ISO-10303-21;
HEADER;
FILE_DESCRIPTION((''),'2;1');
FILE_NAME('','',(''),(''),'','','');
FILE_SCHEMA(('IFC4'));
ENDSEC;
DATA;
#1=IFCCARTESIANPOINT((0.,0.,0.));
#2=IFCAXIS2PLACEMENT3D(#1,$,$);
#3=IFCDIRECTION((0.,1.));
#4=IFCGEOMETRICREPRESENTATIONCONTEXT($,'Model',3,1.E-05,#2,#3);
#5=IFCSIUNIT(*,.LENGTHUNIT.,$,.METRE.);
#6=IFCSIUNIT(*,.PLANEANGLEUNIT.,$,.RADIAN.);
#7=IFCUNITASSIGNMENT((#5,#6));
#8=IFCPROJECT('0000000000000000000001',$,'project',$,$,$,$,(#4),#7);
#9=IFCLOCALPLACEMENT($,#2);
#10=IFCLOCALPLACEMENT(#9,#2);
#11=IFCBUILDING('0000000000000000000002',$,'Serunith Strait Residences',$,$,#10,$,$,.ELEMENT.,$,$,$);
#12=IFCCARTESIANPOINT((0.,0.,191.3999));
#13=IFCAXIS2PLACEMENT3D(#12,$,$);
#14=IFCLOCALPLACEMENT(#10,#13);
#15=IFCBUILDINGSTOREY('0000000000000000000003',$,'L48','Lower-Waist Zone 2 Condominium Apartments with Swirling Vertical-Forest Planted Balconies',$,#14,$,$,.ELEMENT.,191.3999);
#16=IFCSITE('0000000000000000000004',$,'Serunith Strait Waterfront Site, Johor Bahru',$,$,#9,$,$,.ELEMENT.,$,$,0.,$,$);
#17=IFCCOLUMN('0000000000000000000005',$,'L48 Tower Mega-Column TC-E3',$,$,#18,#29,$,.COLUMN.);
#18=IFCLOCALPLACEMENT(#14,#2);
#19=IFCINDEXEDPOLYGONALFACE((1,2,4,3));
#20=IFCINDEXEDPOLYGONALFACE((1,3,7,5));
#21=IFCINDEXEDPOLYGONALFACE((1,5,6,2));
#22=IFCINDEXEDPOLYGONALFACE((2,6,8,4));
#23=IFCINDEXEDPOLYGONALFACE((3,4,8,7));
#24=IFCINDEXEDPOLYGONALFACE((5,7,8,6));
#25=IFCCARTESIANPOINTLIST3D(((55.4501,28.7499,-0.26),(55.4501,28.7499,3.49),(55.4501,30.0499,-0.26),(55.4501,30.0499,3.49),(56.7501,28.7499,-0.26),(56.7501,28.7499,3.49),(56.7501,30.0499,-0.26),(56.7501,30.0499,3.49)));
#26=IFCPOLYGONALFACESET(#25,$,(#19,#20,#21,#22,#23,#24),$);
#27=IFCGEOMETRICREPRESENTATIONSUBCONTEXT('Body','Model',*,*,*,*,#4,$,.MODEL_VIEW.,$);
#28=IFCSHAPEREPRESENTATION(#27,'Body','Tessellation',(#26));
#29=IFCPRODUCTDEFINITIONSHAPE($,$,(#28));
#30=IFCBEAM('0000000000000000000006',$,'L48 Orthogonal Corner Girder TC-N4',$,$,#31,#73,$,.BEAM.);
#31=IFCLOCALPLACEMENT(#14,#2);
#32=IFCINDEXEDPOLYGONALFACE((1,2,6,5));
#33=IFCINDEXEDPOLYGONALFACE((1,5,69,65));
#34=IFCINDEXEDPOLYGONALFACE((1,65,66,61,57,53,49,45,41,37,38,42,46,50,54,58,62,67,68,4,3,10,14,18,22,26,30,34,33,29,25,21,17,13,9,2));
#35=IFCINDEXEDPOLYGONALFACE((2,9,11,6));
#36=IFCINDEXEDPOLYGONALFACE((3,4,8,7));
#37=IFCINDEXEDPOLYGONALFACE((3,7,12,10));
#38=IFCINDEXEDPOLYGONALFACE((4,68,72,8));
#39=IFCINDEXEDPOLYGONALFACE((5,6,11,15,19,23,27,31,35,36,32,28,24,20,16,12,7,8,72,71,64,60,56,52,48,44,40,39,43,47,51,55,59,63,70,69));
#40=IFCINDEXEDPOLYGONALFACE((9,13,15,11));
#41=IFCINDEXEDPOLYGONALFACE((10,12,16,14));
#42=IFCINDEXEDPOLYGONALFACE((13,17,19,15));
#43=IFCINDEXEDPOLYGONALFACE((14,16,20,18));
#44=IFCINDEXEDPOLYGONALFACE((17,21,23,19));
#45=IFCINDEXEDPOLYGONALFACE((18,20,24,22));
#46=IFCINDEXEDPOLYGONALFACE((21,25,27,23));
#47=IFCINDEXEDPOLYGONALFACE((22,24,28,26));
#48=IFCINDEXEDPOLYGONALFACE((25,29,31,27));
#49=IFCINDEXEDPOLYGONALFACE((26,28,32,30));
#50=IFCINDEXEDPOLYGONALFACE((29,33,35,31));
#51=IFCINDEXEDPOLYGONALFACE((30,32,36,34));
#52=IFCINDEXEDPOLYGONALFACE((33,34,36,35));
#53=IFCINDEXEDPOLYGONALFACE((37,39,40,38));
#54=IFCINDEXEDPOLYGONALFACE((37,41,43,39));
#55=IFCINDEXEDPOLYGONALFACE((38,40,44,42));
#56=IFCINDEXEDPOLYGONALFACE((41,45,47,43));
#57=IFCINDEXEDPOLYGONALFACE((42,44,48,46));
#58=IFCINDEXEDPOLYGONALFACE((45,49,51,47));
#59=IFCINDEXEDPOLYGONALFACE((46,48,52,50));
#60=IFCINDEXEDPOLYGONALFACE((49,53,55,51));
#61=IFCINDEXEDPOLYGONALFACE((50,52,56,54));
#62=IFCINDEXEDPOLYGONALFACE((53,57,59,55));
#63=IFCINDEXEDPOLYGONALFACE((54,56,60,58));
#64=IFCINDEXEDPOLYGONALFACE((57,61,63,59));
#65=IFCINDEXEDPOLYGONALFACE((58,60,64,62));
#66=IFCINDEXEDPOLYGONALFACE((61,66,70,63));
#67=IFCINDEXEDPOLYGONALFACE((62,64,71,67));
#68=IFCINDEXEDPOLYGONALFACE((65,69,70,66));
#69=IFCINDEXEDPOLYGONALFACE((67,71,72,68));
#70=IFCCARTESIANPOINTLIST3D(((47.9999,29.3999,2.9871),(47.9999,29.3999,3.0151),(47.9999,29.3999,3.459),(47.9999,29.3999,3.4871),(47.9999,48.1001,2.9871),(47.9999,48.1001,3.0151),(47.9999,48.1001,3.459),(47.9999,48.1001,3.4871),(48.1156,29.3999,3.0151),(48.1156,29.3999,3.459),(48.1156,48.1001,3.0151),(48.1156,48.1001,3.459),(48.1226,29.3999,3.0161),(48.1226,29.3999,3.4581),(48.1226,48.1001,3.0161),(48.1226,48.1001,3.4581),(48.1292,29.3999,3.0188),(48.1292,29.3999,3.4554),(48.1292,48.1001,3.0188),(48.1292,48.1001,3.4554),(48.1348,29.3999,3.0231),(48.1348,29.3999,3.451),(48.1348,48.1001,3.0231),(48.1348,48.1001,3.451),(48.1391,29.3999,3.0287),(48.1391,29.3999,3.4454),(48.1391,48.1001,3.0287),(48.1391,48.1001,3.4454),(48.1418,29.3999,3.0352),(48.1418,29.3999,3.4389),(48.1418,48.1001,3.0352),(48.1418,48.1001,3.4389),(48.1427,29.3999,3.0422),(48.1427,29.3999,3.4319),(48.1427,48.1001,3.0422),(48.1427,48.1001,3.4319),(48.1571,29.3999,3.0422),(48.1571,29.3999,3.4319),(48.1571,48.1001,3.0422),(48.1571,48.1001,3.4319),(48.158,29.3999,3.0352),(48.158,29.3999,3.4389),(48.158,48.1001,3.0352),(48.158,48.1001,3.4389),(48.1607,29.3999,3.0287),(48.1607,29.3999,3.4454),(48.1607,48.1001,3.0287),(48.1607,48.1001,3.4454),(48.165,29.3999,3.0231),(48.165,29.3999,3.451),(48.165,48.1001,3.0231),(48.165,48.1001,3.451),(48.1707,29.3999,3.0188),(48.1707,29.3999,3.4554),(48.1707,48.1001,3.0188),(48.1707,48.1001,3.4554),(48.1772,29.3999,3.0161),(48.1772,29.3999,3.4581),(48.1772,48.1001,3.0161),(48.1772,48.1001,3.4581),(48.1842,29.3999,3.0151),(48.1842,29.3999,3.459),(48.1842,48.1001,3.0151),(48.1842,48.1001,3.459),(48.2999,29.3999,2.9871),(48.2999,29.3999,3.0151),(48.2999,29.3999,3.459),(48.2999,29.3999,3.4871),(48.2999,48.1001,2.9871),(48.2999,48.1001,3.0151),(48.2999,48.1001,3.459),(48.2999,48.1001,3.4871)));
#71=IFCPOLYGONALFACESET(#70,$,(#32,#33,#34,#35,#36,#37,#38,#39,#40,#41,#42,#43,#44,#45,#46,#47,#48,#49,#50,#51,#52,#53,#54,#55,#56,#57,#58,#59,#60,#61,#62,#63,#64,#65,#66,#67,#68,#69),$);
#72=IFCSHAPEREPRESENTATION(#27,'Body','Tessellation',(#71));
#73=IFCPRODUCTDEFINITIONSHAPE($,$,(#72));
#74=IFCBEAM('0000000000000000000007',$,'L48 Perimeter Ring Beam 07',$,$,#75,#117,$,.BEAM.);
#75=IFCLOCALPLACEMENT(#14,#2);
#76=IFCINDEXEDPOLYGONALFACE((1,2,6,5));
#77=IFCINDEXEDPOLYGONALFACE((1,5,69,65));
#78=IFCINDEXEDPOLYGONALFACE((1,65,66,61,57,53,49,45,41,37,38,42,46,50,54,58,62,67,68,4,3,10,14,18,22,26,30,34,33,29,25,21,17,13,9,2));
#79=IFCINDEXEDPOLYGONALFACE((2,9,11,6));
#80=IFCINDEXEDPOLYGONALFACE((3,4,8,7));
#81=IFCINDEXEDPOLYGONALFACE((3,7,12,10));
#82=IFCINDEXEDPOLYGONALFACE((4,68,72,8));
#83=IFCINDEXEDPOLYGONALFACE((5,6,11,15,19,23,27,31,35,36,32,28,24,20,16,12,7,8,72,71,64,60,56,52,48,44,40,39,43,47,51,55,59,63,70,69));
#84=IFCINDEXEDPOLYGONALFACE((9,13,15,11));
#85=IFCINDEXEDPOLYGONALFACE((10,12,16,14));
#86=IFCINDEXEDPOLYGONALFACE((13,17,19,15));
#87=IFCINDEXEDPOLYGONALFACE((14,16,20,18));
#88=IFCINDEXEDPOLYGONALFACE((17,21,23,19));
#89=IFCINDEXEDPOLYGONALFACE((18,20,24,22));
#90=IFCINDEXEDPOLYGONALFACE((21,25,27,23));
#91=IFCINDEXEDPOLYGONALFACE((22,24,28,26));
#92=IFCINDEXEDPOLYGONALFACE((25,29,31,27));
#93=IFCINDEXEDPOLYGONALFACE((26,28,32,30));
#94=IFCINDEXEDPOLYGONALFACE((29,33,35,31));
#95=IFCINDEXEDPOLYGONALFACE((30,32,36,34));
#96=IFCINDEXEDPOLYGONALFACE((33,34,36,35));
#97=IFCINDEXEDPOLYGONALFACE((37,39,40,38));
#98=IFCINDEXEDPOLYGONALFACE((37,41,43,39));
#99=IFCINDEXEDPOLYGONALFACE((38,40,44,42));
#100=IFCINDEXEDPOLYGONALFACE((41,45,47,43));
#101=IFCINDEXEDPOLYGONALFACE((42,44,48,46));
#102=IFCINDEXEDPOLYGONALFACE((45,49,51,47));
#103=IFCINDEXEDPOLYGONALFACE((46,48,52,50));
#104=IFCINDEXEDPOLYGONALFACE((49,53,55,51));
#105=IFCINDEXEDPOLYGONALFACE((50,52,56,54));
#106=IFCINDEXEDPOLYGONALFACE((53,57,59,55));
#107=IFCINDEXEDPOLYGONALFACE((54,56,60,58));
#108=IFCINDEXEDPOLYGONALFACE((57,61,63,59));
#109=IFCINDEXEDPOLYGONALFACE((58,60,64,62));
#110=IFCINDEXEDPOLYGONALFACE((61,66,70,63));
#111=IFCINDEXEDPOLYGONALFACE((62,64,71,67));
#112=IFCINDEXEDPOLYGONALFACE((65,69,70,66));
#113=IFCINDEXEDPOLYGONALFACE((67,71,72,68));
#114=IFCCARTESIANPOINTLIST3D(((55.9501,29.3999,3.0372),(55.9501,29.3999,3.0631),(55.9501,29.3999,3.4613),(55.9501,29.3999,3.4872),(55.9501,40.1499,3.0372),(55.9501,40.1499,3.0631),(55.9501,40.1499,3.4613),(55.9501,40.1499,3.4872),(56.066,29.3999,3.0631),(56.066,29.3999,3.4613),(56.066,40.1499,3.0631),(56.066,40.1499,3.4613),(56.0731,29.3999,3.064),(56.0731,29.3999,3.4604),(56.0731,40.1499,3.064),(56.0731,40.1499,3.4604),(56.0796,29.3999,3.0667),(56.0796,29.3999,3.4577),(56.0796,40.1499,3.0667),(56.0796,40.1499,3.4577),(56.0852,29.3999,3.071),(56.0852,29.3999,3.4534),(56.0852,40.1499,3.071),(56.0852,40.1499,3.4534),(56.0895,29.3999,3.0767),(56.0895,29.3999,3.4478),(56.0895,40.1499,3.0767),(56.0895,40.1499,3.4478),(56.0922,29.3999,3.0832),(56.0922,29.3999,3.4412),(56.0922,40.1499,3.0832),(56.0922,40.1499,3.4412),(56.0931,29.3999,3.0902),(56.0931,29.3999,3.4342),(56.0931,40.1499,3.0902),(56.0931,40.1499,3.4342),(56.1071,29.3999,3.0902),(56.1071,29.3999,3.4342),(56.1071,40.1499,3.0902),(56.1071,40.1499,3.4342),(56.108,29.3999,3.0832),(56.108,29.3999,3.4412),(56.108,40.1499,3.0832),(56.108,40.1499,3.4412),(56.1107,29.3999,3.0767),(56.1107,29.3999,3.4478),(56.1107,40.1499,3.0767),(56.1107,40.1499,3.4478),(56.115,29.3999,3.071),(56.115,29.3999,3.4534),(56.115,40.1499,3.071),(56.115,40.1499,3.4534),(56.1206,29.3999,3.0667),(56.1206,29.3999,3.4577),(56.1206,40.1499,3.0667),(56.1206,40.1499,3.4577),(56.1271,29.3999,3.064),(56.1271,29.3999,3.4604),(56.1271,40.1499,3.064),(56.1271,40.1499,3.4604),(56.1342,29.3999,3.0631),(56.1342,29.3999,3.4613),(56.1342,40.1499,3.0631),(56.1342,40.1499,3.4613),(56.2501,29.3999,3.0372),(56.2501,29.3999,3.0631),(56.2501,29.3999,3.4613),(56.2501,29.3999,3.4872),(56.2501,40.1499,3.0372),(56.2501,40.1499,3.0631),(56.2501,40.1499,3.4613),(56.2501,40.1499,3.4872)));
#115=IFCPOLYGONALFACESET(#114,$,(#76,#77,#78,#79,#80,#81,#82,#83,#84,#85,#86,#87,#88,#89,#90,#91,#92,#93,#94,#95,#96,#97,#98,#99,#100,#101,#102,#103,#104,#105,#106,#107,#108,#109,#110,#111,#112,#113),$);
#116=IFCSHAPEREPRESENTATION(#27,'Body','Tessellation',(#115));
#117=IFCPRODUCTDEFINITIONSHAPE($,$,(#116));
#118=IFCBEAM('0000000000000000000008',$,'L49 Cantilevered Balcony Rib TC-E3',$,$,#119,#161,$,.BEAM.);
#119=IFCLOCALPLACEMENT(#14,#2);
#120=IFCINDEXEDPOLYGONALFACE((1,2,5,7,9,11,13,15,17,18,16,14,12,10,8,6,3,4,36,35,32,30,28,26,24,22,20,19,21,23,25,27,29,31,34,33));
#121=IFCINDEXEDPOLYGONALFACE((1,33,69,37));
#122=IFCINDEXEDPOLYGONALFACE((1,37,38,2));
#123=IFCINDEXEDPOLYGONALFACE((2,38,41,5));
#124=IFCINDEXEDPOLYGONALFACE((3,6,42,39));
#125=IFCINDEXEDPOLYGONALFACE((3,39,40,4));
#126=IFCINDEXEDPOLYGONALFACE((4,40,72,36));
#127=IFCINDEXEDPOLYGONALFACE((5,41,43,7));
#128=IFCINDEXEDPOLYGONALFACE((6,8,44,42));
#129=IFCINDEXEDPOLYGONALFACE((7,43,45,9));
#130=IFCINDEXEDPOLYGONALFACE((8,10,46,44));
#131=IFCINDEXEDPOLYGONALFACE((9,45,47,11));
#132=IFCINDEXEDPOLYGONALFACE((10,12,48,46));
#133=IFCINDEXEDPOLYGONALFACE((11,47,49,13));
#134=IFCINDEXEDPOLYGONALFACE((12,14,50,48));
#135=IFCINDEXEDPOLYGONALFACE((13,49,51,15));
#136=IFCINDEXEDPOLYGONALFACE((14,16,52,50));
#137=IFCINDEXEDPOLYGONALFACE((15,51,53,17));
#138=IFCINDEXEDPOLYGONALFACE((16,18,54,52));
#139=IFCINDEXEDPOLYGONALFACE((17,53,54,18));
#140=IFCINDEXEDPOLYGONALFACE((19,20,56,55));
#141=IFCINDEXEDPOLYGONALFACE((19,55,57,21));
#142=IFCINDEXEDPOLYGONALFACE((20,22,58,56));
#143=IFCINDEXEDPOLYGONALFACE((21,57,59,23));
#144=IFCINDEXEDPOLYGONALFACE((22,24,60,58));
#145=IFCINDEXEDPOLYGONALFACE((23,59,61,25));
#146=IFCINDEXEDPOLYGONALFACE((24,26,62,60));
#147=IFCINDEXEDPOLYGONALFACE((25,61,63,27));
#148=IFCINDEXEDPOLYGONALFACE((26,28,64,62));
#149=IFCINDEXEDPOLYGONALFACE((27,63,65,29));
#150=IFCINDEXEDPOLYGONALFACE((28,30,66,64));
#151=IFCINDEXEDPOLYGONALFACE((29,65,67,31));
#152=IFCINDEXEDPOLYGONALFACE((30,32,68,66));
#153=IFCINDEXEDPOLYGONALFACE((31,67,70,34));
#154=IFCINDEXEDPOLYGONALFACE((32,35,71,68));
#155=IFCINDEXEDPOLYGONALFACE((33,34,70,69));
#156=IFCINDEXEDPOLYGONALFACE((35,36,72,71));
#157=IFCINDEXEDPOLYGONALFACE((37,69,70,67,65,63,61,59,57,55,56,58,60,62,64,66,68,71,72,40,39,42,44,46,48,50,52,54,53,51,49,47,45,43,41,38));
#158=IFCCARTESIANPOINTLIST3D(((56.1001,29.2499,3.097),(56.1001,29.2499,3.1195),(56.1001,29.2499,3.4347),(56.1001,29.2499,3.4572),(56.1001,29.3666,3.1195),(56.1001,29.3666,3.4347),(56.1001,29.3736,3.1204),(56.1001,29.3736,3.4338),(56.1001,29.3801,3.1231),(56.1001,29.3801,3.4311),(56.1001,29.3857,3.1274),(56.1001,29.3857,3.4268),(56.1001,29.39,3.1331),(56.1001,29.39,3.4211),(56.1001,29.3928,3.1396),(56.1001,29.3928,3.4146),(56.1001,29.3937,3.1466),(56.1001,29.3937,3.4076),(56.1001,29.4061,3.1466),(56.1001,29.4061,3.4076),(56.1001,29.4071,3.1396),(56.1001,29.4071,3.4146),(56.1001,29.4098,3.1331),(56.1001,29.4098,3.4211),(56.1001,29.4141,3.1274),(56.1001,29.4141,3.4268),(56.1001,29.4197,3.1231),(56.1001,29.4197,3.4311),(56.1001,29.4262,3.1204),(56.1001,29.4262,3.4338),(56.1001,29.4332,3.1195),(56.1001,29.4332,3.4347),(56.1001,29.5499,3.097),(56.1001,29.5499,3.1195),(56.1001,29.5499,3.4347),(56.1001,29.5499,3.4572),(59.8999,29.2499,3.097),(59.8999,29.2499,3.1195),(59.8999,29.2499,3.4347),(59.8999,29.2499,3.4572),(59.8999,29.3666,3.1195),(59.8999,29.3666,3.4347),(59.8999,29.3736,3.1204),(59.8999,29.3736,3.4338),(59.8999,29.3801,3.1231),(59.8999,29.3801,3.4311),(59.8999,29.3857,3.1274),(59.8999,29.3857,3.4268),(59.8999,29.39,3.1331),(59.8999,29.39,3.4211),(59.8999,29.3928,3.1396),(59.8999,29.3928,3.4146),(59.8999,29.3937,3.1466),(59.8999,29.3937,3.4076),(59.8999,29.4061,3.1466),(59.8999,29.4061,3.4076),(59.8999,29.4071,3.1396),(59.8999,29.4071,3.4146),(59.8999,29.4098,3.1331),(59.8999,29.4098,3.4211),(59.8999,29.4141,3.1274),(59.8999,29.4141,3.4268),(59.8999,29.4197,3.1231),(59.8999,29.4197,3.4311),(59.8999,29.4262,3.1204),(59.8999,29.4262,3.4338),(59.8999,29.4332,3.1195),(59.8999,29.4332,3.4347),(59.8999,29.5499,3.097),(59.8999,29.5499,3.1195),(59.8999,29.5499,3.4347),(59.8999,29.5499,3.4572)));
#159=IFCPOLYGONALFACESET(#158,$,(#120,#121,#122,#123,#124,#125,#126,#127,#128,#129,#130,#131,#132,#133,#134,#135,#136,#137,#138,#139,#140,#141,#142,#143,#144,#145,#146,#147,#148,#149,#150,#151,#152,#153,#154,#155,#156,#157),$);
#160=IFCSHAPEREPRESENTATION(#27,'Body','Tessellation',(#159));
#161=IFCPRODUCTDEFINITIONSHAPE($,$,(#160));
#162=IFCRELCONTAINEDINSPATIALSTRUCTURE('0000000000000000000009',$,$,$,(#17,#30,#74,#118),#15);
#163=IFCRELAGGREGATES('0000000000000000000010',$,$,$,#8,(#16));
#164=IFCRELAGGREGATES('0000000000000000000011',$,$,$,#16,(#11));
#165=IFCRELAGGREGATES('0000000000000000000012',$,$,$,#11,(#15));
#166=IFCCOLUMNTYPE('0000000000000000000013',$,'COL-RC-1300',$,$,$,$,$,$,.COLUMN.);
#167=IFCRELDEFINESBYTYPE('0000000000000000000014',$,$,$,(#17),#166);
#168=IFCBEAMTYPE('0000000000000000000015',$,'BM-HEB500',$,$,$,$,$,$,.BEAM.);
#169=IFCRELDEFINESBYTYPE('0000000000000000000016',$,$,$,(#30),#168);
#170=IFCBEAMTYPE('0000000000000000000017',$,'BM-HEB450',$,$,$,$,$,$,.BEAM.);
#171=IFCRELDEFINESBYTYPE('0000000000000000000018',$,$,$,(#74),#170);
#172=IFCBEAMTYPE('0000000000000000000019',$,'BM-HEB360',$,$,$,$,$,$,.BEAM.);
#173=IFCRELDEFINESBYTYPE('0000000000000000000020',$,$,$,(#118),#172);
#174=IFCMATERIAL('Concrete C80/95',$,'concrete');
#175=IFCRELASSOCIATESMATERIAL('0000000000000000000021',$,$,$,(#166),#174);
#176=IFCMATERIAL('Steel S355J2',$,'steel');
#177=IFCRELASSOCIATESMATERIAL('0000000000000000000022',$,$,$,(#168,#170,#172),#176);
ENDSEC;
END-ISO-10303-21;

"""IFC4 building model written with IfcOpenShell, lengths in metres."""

from ifc_helpers import new_model, si_unit, direction, frame, origin, origin_2d, place, context, subcontext, project, spatial, rectangle, i_section, extrude, source, transform, mapped, material, material_profile, profile_set, type_object, element, save


model = new_model("IFC4")

# Units and contexts
model_context = context("Model", 3, precision=1e-05, world=origin(), true_north=direction((0.0, 1.0)))
body_context = subcontext(model_context, "Body", "Model", "MODEL_VIEW")
ifc_project = project(units=[si_unit("LENGTHUNIT", "METRE"), si_unit("PLANEANGLEUNIT", "RADIAN")], contexts=[model_context])

# Site, building, storey
site_placement = place(None, origin())
site = spatial("IfcSite", under=ifc_project, at=site_placement, Name="Serunith Strait Waterfront Site, Johor Bahru", CompositionType="ELEMENT", RefElevation=0.0)
building_placement = place(site_placement, origin())
building = spatial("IfcBuilding", under=site, at=building_placement, Name="Serunith Strait Residences", CompositionType="ELEMENT")
storey_placement = place(building_placement, frame((0.0, 0.0, 191.3999)))
storey = spatial("IfcBuildingStorey", under=building, at=storey_placement, Name="L48", Description="Lower-Waist Zone 2 Condominium Apartments with Swirling Vertical-Forest Planted Balconies", CompositionType="ELEMENT", Elevation=191.3999)

# Column
ifc_material_1 = material(Name="Concrete C80/95", Category="concrete")
ifc_material_profile_1 = material_profile(ifc_material_1, rectangle(XDim=1.3, YDim=1.3, at=origin_2d()), Name="RC 1300x1300")
ifc_profile_set_1 = profile_set([ifc_material_profile_1], Name="Concrete C80/95")
column_type = type_object("IfcColumnType", Name="COL-RC-1300", PredefinedType="COLUMN", material=ifc_profile_set_1)
shared_shape_1 = source(origin(), body_context, "Body", "SweptSolid", [
    extrude(rectangle(XDim=1.3, YDim=1.3, at=origin_2d()), origin(), (0.0, 0.0, 1.0), 3.75),
])
column_placement = place(storey_placement, frame((56.1001, 29.3999, -0.26), z_axis=(0.0, 0.0, 1.0), x_axis=(1.0, 0.0, 0.0)))
element("IfcColumn", 1, at=column_placement, inside=storey, type_object=column_type, Name="L48 Tower Mega-Column TC-E3", PredefinedType="COLUMN", context=body_context, shape_type="MappedRepresentation", body=[
    mapped(shared_shape_1, transform((0.0, 0.0, 0.0), scale=1.0)),
])

# Beams
ifc_material_2 = material(Name="Steel S355J2", Category="steel")
ifc_material_profile_2 = material_profile(ifc_material_2, i_section(OverallWidth=0.3, OverallDepth=0.5, WebThickness=0.0144, FlangeThickness=0.0281, FilletRadius=0.0271, at=origin_2d()), Name="HEB 500")
ifc_profile_set_2 = profile_set([ifc_material_profile_2], Name="Steel S355J2")
beam_type_1 = type_object("IfcBeamType", Name="BM-HEB500", PredefinedType="BEAM", material=ifc_profile_set_2)
shared_shape_2 = source(origin(), body_context, "Body", "SweptSolid", [
    extrude(i_section(OverallWidth=0.3, OverallDepth=0.5, WebThickness=0.0144, FlangeThickness=0.0281, FilletRadius=0.0271, at=origin_2d()), origin(), (0.0, 0.0, 1.0), 18.7002),
])
beam_1_placement = place(storey_placement, frame((48.1499, 29.3999, 3.2371), z_axis=(0.0, 1.0, 0.0), x_axis=(-1.0, 0.0, 0.0)))
element("IfcBeam", 2, at=beam_1_placement, inside=storey, type_object=beam_type_1, Name="L48 Orthogonal Corner Girder TC-N4", PredefinedType="BEAM", context=body_context, shape_type="MappedRepresentation", body=[
    mapped(shared_shape_2, transform((0.0, 0.0, 0.0), scale=1.0)),
])
ifc_material_profile_3 = material_profile(ifc_material_2, i_section(OverallWidth=0.3, OverallDepth=0.45, WebThickness=0.0139, FlangeThickness=0.0259, FilletRadius=0.0271, at=origin_2d()), Name="HEB 450")
ifc_profile_set_3 = profile_set([ifc_material_profile_3], Name="Steel S355J2")
beam_type_2 = type_object("IfcBeamType", Name="BM-HEB450", PredefinedType="BEAM", material=ifc_profile_set_3)
shared_shape_3 = source(origin(), body_context, "Body", "SweptSolid", [
    extrude(i_section(OverallWidth=0.3, OverallDepth=0.45, WebThickness=0.0139, FlangeThickness=0.0259, FilletRadius=0.0271, at=origin_2d()), origin(), (0.0, 0.0, 1.0), 10.75),
])
beam_2_placement = place(storey_placement, frame((56.1001, 29.3999, 3.2622), z_axis=(0.0, 1.0, 0.0), x_axis=(-1.0, 0.0, 0.0)))
element("IfcBeam", 3, at=beam_2_placement, inside=storey, type_object=beam_type_2, Name="L48 Perimeter Ring Beam 07", PredefinedType="BEAM", context=body_context, shape_type="MappedRepresentation", body=[
    mapped(shared_shape_3, transform((0.0, 0.0, 0.0), scale=1.0)),
])
ifc_material_profile_4 = material_profile(ifc_material_2, i_section(OverallWidth=0.3, OverallDepth=0.3601, WebThickness=0.0125, FlangeThickness=0.0225, FilletRadius=0.0271, at=origin_2d()), Name="HEB 360")
ifc_profile_set_4 = profile_set([ifc_material_profile_4], Name="Steel S355J2")
beam_type_3 = type_object("IfcBeamType", Name="BM-HEB360", PredefinedType="BEAM", material=ifc_profile_set_4)
shared_shape_4 = source(origin(), body_context, "Body", "SweptSolid", [
    extrude(i_section(OverallWidth=0.3, OverallDepth=0.3601, WebThickness=0.0125, FlangeThickness=0.0225, FilletRadius=0.0271, at=origin_2d()), origin(), (0.0, 0.0, 1.0), 3.7998),
])
beam_3_placement = place(storey_placement, frame((56.1001, 29.3999, 3.2771), z_axis=(1.0, 0.0, 0.0), x_axis=(0.0, 1.0, 0.0)))
element("IfcBeam", 4, at=beam_3_placement, inside=storey, type_object=beam_type_3, Name="L49 Cantilevered Balcony Rib TC-E3", PredefinedType="BEAM", context=body_context, shape_type="MappedRepresentation", body=[
    mapped(shared_shape_4, transform((0.0, 0.0, 0.0), scale=1.0)),
])

save(model, "model.ifc")
